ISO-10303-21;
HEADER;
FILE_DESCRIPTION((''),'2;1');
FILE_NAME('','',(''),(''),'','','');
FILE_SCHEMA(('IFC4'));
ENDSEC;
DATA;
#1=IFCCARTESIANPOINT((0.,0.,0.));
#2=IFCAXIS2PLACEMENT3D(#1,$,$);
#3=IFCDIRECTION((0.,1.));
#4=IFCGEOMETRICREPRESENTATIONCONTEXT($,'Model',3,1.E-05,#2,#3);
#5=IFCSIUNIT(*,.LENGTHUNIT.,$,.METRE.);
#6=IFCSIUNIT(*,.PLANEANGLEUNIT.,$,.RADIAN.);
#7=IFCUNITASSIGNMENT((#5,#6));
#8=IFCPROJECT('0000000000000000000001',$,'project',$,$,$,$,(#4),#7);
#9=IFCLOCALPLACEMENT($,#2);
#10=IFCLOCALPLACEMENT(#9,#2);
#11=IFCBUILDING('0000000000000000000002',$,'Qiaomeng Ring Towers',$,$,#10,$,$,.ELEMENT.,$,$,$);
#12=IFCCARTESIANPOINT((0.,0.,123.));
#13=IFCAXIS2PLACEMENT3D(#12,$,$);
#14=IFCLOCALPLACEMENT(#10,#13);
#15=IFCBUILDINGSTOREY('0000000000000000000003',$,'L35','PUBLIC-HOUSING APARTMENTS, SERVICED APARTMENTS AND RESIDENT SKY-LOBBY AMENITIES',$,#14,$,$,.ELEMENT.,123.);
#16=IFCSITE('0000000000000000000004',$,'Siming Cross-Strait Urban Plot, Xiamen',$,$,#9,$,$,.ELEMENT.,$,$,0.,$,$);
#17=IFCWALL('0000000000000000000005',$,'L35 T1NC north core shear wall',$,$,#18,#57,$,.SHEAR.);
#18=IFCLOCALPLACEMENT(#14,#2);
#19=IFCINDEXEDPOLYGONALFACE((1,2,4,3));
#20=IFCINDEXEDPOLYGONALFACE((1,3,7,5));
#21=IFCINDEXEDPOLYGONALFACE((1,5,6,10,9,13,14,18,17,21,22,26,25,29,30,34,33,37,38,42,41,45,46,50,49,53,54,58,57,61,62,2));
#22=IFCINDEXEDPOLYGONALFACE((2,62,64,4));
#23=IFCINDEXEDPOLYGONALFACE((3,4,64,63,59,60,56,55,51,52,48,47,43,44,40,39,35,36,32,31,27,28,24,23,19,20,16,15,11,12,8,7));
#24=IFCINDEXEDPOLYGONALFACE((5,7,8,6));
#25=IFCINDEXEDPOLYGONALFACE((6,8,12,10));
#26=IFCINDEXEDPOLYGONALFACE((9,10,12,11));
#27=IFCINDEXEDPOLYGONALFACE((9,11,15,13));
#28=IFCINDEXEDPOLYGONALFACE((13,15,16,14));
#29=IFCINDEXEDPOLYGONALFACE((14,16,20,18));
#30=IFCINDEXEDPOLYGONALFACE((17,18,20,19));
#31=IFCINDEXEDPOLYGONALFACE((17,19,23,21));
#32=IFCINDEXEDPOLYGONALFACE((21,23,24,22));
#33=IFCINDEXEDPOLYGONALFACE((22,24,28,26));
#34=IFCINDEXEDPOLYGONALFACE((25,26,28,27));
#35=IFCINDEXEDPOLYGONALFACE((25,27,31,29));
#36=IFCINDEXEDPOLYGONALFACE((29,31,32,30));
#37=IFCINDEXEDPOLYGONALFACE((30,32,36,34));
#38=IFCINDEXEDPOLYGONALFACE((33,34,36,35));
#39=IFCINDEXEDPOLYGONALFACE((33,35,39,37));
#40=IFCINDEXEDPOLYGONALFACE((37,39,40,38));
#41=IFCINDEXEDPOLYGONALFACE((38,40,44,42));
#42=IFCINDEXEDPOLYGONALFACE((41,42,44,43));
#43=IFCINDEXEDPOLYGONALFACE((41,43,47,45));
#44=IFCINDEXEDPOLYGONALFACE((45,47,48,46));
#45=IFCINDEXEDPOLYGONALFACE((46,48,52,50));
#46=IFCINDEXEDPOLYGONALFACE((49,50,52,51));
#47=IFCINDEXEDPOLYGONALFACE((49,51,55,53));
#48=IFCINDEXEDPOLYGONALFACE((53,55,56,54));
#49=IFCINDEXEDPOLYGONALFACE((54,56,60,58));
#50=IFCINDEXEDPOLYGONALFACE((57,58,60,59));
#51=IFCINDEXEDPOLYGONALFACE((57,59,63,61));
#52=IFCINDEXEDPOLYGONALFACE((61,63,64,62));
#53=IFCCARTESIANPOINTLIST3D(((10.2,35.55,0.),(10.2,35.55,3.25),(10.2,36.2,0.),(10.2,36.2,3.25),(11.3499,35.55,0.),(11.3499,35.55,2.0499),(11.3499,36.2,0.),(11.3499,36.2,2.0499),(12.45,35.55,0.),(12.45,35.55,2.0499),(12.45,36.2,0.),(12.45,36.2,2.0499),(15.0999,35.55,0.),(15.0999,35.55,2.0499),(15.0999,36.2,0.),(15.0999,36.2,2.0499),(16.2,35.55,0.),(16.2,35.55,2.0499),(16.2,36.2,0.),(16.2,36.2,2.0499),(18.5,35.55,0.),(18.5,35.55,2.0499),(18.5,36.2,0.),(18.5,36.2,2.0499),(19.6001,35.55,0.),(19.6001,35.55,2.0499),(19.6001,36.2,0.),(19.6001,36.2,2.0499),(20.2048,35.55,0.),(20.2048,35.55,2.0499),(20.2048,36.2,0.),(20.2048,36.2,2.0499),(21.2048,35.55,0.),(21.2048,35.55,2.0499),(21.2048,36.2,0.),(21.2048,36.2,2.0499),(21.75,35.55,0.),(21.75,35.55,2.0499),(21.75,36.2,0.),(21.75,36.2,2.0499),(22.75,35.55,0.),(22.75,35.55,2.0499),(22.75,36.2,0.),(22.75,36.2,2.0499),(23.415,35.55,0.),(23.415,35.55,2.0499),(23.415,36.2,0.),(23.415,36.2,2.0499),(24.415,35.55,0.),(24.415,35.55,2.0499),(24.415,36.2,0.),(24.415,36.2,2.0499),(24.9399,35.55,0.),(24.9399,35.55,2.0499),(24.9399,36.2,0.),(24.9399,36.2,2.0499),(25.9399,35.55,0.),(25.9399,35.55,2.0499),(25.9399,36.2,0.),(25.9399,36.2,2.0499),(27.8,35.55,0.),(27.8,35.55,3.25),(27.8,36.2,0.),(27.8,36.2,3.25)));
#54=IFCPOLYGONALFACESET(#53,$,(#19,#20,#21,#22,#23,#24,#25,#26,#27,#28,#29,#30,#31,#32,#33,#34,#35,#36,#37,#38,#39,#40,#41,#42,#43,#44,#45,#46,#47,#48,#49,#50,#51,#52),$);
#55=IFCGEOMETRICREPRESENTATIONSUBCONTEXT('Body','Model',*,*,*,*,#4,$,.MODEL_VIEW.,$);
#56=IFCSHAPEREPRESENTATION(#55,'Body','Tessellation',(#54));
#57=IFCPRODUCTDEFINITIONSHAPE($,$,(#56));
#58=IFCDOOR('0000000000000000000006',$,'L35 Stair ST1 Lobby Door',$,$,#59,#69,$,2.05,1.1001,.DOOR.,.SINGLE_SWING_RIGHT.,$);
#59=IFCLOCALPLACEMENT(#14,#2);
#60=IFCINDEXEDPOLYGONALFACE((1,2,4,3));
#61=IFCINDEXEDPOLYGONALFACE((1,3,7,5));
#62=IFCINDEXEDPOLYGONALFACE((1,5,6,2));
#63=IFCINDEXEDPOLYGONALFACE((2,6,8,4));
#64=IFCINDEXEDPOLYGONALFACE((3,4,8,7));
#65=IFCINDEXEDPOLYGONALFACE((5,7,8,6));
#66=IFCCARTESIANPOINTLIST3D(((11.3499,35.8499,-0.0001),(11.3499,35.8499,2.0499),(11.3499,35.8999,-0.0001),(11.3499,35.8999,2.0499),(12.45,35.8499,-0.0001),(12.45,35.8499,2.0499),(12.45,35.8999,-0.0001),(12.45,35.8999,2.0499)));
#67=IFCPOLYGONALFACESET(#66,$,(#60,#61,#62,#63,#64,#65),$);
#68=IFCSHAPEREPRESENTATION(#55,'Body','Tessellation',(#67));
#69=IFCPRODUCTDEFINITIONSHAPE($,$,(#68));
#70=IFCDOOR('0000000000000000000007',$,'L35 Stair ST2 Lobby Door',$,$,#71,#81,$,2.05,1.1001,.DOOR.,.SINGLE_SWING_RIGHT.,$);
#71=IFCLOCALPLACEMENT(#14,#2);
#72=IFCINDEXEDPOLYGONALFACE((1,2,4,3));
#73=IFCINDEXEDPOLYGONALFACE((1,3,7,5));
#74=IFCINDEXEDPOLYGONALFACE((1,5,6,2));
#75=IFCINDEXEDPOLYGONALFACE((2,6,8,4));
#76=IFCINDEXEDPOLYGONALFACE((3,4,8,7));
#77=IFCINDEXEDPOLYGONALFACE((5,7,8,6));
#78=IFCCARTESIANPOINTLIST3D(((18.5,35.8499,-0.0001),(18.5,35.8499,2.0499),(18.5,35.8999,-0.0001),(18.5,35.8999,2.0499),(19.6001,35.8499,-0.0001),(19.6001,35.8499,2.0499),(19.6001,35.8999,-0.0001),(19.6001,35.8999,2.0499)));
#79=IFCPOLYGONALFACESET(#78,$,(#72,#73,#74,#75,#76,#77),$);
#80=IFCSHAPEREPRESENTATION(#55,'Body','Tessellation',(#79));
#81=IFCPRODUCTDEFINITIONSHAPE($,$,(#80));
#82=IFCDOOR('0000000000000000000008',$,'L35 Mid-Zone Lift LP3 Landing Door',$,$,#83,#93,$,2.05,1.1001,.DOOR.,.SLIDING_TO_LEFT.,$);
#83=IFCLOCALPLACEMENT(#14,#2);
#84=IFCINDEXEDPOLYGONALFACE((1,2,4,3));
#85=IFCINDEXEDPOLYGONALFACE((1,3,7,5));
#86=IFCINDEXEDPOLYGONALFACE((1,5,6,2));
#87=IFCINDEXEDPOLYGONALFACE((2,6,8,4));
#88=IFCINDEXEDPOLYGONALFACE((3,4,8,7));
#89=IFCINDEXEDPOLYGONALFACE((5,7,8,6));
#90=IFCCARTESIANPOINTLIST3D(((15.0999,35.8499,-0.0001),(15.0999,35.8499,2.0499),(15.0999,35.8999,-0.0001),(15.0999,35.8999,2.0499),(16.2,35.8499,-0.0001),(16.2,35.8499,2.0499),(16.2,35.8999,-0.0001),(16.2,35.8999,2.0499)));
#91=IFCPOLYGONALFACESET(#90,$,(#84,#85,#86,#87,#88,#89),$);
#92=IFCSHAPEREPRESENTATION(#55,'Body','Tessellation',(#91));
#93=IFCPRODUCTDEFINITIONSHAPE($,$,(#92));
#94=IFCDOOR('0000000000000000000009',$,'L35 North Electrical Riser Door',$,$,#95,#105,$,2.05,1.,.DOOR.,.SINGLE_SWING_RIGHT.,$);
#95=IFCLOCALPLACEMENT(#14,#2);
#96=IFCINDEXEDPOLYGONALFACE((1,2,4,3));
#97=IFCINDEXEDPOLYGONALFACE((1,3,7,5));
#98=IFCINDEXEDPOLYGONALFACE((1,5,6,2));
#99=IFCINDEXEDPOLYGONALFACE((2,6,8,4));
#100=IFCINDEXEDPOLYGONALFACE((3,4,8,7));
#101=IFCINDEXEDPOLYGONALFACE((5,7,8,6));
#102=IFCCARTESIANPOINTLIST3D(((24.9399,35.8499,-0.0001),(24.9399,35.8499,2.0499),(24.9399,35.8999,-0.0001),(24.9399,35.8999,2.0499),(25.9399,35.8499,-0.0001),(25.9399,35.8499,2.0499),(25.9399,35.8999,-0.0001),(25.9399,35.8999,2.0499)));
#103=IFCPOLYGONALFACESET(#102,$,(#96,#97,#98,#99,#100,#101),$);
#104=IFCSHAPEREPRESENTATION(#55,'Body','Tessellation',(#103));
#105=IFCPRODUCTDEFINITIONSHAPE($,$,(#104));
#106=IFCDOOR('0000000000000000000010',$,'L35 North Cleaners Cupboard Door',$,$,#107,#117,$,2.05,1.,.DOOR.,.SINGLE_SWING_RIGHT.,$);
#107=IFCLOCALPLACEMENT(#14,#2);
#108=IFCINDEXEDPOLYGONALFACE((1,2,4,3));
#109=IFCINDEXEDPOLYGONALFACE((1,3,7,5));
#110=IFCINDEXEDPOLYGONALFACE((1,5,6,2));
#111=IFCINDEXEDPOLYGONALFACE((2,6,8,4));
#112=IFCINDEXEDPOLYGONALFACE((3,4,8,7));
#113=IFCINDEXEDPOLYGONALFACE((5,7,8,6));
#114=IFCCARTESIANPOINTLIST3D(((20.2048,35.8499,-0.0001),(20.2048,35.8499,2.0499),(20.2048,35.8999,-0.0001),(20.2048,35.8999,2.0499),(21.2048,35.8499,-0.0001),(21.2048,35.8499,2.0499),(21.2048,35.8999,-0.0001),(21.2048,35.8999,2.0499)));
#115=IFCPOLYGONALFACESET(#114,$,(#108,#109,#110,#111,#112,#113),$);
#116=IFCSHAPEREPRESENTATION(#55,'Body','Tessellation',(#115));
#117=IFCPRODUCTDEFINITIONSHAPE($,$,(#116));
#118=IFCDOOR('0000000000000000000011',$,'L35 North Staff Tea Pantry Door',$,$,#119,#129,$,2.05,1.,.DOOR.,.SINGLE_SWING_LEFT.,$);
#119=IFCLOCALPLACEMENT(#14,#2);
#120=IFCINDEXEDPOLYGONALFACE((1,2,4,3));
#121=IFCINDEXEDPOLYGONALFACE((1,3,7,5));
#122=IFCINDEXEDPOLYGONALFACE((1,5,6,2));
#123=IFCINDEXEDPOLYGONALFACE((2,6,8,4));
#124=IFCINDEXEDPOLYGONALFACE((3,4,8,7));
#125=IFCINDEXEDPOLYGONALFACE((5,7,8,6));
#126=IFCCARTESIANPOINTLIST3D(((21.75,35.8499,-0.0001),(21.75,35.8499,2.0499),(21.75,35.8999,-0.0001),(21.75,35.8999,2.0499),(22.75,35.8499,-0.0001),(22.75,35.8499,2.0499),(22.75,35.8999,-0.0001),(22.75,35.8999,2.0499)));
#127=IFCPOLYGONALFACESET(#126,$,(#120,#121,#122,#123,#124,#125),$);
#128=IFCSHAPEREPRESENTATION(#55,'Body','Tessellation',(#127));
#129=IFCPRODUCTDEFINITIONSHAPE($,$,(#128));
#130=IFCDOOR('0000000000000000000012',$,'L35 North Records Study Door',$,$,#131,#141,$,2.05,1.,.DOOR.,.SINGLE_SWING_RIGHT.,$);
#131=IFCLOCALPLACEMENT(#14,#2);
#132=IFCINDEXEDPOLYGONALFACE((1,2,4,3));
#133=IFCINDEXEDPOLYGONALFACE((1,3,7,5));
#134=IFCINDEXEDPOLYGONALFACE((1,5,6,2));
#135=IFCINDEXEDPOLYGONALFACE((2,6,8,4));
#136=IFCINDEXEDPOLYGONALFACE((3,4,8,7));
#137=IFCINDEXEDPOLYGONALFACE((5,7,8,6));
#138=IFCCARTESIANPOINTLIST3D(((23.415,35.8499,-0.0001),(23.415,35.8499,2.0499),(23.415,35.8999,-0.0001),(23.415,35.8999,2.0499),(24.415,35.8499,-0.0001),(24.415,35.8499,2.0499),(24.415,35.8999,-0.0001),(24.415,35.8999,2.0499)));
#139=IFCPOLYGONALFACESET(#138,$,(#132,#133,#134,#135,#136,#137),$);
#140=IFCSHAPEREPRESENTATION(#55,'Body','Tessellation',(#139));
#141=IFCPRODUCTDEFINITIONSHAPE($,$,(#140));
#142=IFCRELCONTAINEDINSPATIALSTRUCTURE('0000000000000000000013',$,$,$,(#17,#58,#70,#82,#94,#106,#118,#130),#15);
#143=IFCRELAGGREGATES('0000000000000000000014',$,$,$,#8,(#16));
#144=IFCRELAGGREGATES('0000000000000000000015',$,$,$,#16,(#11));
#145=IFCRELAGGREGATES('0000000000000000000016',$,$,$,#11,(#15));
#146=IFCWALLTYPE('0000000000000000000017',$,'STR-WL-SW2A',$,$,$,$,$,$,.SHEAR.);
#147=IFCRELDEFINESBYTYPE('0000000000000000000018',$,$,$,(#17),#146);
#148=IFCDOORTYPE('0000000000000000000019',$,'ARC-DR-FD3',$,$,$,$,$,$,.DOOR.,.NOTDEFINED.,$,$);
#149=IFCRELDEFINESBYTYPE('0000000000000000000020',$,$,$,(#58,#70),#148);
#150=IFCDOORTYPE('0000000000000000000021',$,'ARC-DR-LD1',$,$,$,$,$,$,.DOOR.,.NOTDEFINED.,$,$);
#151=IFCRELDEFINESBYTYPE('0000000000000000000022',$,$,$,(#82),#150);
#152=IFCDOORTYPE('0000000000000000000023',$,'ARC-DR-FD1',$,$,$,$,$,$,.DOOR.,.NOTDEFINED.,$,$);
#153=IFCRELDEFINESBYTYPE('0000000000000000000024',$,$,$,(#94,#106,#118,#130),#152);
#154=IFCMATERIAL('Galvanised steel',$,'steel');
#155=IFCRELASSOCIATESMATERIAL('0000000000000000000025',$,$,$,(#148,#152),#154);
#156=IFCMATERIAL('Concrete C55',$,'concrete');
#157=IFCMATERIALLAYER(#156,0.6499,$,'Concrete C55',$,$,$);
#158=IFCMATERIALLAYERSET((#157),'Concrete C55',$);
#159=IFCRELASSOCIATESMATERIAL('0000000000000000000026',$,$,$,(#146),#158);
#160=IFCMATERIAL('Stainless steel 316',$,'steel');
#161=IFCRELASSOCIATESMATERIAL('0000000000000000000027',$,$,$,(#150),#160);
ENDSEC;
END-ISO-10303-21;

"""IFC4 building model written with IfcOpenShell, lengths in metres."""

from ifc_helpers import new_model, si_unit, direction, frame, frame_2d, origin, place, context, subcontext, project, spatial, rectangle, extrude, source, transform, mapped, material, layer, layer_set, type_object, element, fill, save


model = new_model("IFC4")

# Units and contexts
model_context = context("Model", 3, precision=1e-05, world=origin(), true_north=direction((0.0, 1.0)))
body_context = subcontext(model_context, "Body", "Model", "MODEL_VIEW")
ifc_project = project(units=[si_unit("LENGTHUNIT", "METRE"), si_unit("PLANEANGLEUNIT", "RADIAN")], contexts=[model_context])

# Site, building, storey
site_placement = place(None, origin())
site = spatial("IfcSite", under=ifc_project, at=site_placement, Name="Siming Cross-Strait Urban Plot, Xiamen", CompositionType="ELEMENT", RefElevation=0.0)
building_placement = place(site_placement, origin())
building = spatial("IfcBuilding", under=site, at=building_placement, Name="Qiaomeng Ring Towers", CompositionType="ELEMENT")
storey_placement = place(building_placement, frame((0.0, 0.0, 123.0)))
storey = spatial("IfcBuildingStorey", under=building, at=storey_placement, Name="L35", Description="PUBLIC-HOUSING APARTMENTS, SERVICED APARTMENTS AND RESIDENT SKY-LOBBY AMENITIES", CompositionType="ELEMENT", Elevation=123.0)

# Shared definitions
ifc_material_1 = material(Name="Galvanised steel", Category="steel")
door_type_1 = type_object("IfcDoorType", Name="ARC-DR-FD3", OperationType="NOTDEFINED", PredefinedType="DOOR", material=ifc_material_1)
shared_shape_1 = source(origin(), body_context, "Body", "SweptSolid", [
    extrude(rectangle(XDim=1.1001, YDim=2.05, at=frame_2d((0.55, 1.0249))), frame((0.0, 0.0249, 0.0), z_axis=(0.0, -1.0, 0.0), x_axis=(1.0, 0.0, 0.0)), (0.0, 0.0, 1.0), 0.05),
])

# Wall, openings, doors
ifc_material_2 = material(Name="Concrete C55", Category="concrete")
ifc_layer_1 = layer(ifc_material_2, 0.6499, Name="Concrete C55")
ifc_layer_set_1 = layer_set([ifc_layer_1], Name="Concrete C55")
wall_type_1 = type_object("IfcWallType", Name="STR-WL-SW2A", PredefinedType="SHEAR", material=ifc_layer_set_1)
wall_1_placement = place(storey_placement, frame((10.2, 35.875, 0.0), z_axis=(0.0, 0.0, 1.0), x_axis=(1.0, 0.0, 0.0)))
wall_1 = element("IfcWall", 1, at=wall_1_placement, inside=storey, type_object=wall_type_1, Name="L35 T1NC north core shear wall", PredefinedType="SHEAR", context=body_context, shape_type="SweptSolid", body=[
    extrude(rectangle(XDim=17.6001, YDim=0.6499, at=frame_2d((8.8, 0.0))), origin(), (0.0, 0.0, 1.0), 3.25),
])
opening_1_placement = place(wall_1_placement, frame((1.1499, 0.0, 0.0)))
opening_1 = element("IfcOpeningElement", 2, at=opening_1_placement, cuts=wall_1, PredefinedType="OPENING", context=body_context, shape_type="SweptSolid", body=[
    extrude(rectangle(XDim=1.1001, YDim=2.05, at=frame_2d((0.55, 1.0249))), frame((0.0, 0.335, 0.0), z_axis=(0.0, -1.0, 0.0), x_axis=(1.0, 0.0, 0.0)), (0.0, 0.0, 1.0), 0.6699),
])
opening_2_placement = place(wall_1_placement, frame((8.3, 0.0, 0.0)))
opening_2 = element("IfcOpeningElement", 3, at=opening_2_placement, cuts=wall_1, PredefinedType="OPENING", context=body_context, shape_type="SweptSolid", body=[
    extrude(rectangle(XDim=1.1001, YDim=2.05, at=frame_2d((0.55, 1.0249))), frame((0.0, 0.335, 0.0), z_axis=(0.0, -1.0, 0.0), x_axis=(1.0, 0.0, 0.0)), (0.0, 0.0, 1.0), 0.6699),
])
opening_3_placement = place(wall_1_placement, frame((4.8999, 0.0, 0.0)))
opening_3 = element("IfcOpeningElement", 4, at=opening_3_placement, cuts=wall_1, PredefinedType="OPENING", context=body_context, shape_type="SweptSolid", body=[
    extrude(rectangle(XDim=1.1001, YDim=2.05, at=frame_2d((0.55, 1.0249))), frame((0.0, 0.335, 0.0), z_axis=(0.0, -1.0, 0.0), x_axis=(1.0, 0.0, 0.0)), (0.0, 0.0, 1.0), 0.6699),
])
opening_4_placement = place(wall_1_placement, frame((14.74, 0.0, 0.0)))
opening_4 = element("IfcOpeningElement", 5, at=opening_4_placement, cuts=wall_1, PredefinedType="OPENING", context=body_context, shape_type="SweptSolid", body=[
    extrude(rectangle(XDim=1.0, YDim=2.05, at=frame_2d((0.5, 1.0249))), frame((0.0, 0.335, 0.0), z_axis=(0.0, -1.0, 0.0), x_axis=(1.0, 0.0, 0.0)), (0.0, 0.0, 1.0), 0.6699),
])
opening_5_placement = place(wall_1_placement, frame((10.0049, 0.0, 0.0)))
opening_5 = element("IfcOpeningElement", 6, at=opening_5_placement, cuts=wall_1, PredefinedType="OPENING", context=body_context, shape_type="SweptSolid", body=[
    extrude(rectangle(XDim=1.0, YDim=2.05, at=frame_2d((0.5, 1.0249))), frame((0.0, 0.335, 0.0), z_axis=(0.0, -1.0, 0.0), x_axis=(1.0, 0.0, 0.0)), (0.0, 0.0, 1.0), 0.6699),
])
opening_6_placement = place(wall_1_placement, frame((11.55, 0.0, 0.0)))
opening_6 = element("IfcOpeningElement", 7, at=opening_6_placement, cuts=wall_1, PredefinedType="OPENING", context=body_context, shape_type="SweptSolid", body=[
    extrude(rectangle(XDim=1.0, YDim=2.05, at=frame_2d((0.5, 1.0249))), frame((0.0, 0.335, 0.0), z_axis=(0.0, -1.0, 0.0), x_axis=(1.0, 0.0, 0.0)), (0.0, 0.0, 1.0), 0.6699),
])
opening_7_placement = place(wall_1_placement, frame((13.2151, 0.0, 0.0)))
opening_7 = element("IfcOpeningElement", 8, at=opening_7_placement, cuts=wall_1, PredefinedType="OPENING", context=body_context, shape_type="SweptSolid", body=[
    extrude(rectangle(XDim=1.0, YDim=2.05, at=frame_2d((0.5, 1.0249))), frame((0.0, 0.335, 0.0), z_axis=(0.0, -1.0, 0.0), x_axis=(1.0, 0.0, 0.0)), (0.0, 0.0, 1.0), 0.6699),
])
door_1_placement = place(opening_1_placement, origin())
door_1 = element("IfcDoor", 9, at=door_1_placement, inside=storey, type_object=door_type_1, Name="L35 Stair ST1 Lobby Door", OperationType="SINGLE_SWING_RIGHT", OverallHeight=2.05, OverallWidth=1.1001, PredefinedType="DOOR", context=body_context, shape_type="MappedRepresentation", body=[
    mapped(shared_shape_1, transform((0.0, 0.0, 0.0), x_axis=(1.0, 0.0, 0.0), y_axis=(0.0, 1.0, 0.0), z_axis=(0.0, 0.0, 1.0), scale=1.0)),
])
fill(opening_1, door_1)
door_2_placement = place(opening_2_placement, origin())
door_2 = element("IfcDoor", 10, at=door_2_placement, inside=storey, type_object=door_type_1, Name="L35 Stair ST2 Lobby Door", OperationType="SINGLE_SWING_RIGHT", OverallHeight=2.05, OverallWidth=1.1001, PredefinedType="DOOR", context=body_context, shape_type="MappedRepresentation", body=[
    mapped(shared_shape_1, transform((0.0, 0.0, 0.0), x_axis=(1.0, 0.0, 0.0), y_axis=(0.0, 1.0, 0.0), z_axis=(0.0, 0.0, 1.0), scale=1.0)),
])
fill(opening_2, door_2)
ifc_material_3 = material(Name="Stainless steel 316", Category="steel")
door_type_2 = type_object("IfcDoorType", Name="ARC-DR-LD1", OperationType="NOTDEFINED", PredefinedType="DOOR", material=ifc_material_3)
door_3_placement = place(opening_3_placement, origin())
door_3 = element("IfcDoor", 11, at=door_3_placement, inside=storey, type_object=door_type_2, Name="L35 Mid-Zone Lift LP3 Landing Door", OperationType="SLIDING_TO_LEFT", OverallHeight=2.05, OverallWidth=1.1001, PredefinedType="DOOR", context=body_context, shape_type="MappedRepresentation", body=[
    mapped(shared_shape_1, transform((0.0, 0.0, 0.0), x_axis=(1.0, 0.0, 0.0), y_axis=(0.0, 1.0, 0.0), z_axis=(0.0, 0.0, 1.0), scale=1.0)),
])
fill(opening_3, door_3)
door_type_3 = type_object("IfcDoorType", Name="ARC-DR-FD1", OperationType="NOTDEFINED", PredefinedType="DOOR", material=ifc_material_1)
shared_shape_2 = source(origin(), body_context, "Body", "SweptSolid", [
    extrude(rectangle(XDim=1.0, YDim=2.05, at=frame_2d((0.5, 1.0249))), frame((0.0, 0.0249, 0.0), z_axis=(0.0, -1.0, 0.0), x_axis=(1.0, 0.0, 0.0)), (0.0, 0.0, 1.0), 0.05),
])
door_4_placement = place(opening_4_placement, origin())
door_4 = element("IfcDoor", 12, at=door_4_placement, inside=storey, type_object=door_type_3, Name="L35 North Electrical Riser Door", OperationType="SINGLE_SWING_RIGHT", OverallHeight=2.05, OverallWidth=1.0, PredefinedType="DOOR", context=body_context, shape_type="MappedRepresentation", body=[
    mapped(shared_shape_2, transform((0.0, 0.0, 0.0), x_axis=(1.0, 0.0, 0.0), y_axis=(0.0, 1.0, 0.0), z_axis=(0.0, 0.0, 1.0), scale=1.0)),
])
fill(opening_4, door_4)
door_5_placement = place(opening_5_placement, origin())
door_5 = element("IfcDoor", 13, at=door_5_placement, inside=storey, type_object=door_type_3, Name="L35 North Cleaners Cupboard Door", OperationType="SINGLE_SWING_RIGHT", OverallHeight=2.05, OverallWidth=1.0, PredefinedType="DOOR", context=body_context, shape_type="MappedRepresentation", body=[
    mapped(shared_shape_2, transform((0.0, 0.0, 0.0), x_axis=(1.0, 0.0, 0.0), y_axis=(0.0, 1.0, 0.0), z_axis=(0.0, 0.0, 1.0), scale=1.0)),
])
fill(opening_5, door_5)
door_6_placement = place(opening_6_placement, origin())
door_6 = element("IfcDoor", 14, at=door_6_placement, inside=storey, type_object=door_type_3, Name="L35 North Staff Tea Pantry Door", OperationType="SINGLE_SWING_LEFT", OverallHeight=2.05, OverallWidth=1.0, PredefinedType="DOOR", context=body_context, shape_type="MappedRepresentation", body=[
    mapped(shared_shape_2, transform((0.0, 0.0, 0.0), x_axis=(1.0, 0.0, 0.0), y_axis=(0.0, 1.0, 0.0), z_axis=(0.0, 0.0, 1.0), scale=1.0)),
])
fill(opening_6, door_6)
door_7_placement = place(opening_7_placement, origin())
door_7 = element("IfcDoor", 15, at=door_7_placement, inside=storey, type_object=door_type_3, Name="L35 North Records Study Door", OperationType="SINGLE_SWING_RIGHT", OverallHeight=2.05, OverallWidth=1.0, PredefinedType="DOOR", context=body_context, shape_type="MappedRepresentation", body=[
    mapped(shared_shape_2, transform((0.0, 0.0, 0.0), x_axis=(1.0, 0.0, 0.0), y_axis=(0.0, 1.0, 0.0), z_axis=(0.0, 0.0, 1.0), scale=1.0)),
])
fill(opening_7, door_7)

save(model, "model.ifc")
